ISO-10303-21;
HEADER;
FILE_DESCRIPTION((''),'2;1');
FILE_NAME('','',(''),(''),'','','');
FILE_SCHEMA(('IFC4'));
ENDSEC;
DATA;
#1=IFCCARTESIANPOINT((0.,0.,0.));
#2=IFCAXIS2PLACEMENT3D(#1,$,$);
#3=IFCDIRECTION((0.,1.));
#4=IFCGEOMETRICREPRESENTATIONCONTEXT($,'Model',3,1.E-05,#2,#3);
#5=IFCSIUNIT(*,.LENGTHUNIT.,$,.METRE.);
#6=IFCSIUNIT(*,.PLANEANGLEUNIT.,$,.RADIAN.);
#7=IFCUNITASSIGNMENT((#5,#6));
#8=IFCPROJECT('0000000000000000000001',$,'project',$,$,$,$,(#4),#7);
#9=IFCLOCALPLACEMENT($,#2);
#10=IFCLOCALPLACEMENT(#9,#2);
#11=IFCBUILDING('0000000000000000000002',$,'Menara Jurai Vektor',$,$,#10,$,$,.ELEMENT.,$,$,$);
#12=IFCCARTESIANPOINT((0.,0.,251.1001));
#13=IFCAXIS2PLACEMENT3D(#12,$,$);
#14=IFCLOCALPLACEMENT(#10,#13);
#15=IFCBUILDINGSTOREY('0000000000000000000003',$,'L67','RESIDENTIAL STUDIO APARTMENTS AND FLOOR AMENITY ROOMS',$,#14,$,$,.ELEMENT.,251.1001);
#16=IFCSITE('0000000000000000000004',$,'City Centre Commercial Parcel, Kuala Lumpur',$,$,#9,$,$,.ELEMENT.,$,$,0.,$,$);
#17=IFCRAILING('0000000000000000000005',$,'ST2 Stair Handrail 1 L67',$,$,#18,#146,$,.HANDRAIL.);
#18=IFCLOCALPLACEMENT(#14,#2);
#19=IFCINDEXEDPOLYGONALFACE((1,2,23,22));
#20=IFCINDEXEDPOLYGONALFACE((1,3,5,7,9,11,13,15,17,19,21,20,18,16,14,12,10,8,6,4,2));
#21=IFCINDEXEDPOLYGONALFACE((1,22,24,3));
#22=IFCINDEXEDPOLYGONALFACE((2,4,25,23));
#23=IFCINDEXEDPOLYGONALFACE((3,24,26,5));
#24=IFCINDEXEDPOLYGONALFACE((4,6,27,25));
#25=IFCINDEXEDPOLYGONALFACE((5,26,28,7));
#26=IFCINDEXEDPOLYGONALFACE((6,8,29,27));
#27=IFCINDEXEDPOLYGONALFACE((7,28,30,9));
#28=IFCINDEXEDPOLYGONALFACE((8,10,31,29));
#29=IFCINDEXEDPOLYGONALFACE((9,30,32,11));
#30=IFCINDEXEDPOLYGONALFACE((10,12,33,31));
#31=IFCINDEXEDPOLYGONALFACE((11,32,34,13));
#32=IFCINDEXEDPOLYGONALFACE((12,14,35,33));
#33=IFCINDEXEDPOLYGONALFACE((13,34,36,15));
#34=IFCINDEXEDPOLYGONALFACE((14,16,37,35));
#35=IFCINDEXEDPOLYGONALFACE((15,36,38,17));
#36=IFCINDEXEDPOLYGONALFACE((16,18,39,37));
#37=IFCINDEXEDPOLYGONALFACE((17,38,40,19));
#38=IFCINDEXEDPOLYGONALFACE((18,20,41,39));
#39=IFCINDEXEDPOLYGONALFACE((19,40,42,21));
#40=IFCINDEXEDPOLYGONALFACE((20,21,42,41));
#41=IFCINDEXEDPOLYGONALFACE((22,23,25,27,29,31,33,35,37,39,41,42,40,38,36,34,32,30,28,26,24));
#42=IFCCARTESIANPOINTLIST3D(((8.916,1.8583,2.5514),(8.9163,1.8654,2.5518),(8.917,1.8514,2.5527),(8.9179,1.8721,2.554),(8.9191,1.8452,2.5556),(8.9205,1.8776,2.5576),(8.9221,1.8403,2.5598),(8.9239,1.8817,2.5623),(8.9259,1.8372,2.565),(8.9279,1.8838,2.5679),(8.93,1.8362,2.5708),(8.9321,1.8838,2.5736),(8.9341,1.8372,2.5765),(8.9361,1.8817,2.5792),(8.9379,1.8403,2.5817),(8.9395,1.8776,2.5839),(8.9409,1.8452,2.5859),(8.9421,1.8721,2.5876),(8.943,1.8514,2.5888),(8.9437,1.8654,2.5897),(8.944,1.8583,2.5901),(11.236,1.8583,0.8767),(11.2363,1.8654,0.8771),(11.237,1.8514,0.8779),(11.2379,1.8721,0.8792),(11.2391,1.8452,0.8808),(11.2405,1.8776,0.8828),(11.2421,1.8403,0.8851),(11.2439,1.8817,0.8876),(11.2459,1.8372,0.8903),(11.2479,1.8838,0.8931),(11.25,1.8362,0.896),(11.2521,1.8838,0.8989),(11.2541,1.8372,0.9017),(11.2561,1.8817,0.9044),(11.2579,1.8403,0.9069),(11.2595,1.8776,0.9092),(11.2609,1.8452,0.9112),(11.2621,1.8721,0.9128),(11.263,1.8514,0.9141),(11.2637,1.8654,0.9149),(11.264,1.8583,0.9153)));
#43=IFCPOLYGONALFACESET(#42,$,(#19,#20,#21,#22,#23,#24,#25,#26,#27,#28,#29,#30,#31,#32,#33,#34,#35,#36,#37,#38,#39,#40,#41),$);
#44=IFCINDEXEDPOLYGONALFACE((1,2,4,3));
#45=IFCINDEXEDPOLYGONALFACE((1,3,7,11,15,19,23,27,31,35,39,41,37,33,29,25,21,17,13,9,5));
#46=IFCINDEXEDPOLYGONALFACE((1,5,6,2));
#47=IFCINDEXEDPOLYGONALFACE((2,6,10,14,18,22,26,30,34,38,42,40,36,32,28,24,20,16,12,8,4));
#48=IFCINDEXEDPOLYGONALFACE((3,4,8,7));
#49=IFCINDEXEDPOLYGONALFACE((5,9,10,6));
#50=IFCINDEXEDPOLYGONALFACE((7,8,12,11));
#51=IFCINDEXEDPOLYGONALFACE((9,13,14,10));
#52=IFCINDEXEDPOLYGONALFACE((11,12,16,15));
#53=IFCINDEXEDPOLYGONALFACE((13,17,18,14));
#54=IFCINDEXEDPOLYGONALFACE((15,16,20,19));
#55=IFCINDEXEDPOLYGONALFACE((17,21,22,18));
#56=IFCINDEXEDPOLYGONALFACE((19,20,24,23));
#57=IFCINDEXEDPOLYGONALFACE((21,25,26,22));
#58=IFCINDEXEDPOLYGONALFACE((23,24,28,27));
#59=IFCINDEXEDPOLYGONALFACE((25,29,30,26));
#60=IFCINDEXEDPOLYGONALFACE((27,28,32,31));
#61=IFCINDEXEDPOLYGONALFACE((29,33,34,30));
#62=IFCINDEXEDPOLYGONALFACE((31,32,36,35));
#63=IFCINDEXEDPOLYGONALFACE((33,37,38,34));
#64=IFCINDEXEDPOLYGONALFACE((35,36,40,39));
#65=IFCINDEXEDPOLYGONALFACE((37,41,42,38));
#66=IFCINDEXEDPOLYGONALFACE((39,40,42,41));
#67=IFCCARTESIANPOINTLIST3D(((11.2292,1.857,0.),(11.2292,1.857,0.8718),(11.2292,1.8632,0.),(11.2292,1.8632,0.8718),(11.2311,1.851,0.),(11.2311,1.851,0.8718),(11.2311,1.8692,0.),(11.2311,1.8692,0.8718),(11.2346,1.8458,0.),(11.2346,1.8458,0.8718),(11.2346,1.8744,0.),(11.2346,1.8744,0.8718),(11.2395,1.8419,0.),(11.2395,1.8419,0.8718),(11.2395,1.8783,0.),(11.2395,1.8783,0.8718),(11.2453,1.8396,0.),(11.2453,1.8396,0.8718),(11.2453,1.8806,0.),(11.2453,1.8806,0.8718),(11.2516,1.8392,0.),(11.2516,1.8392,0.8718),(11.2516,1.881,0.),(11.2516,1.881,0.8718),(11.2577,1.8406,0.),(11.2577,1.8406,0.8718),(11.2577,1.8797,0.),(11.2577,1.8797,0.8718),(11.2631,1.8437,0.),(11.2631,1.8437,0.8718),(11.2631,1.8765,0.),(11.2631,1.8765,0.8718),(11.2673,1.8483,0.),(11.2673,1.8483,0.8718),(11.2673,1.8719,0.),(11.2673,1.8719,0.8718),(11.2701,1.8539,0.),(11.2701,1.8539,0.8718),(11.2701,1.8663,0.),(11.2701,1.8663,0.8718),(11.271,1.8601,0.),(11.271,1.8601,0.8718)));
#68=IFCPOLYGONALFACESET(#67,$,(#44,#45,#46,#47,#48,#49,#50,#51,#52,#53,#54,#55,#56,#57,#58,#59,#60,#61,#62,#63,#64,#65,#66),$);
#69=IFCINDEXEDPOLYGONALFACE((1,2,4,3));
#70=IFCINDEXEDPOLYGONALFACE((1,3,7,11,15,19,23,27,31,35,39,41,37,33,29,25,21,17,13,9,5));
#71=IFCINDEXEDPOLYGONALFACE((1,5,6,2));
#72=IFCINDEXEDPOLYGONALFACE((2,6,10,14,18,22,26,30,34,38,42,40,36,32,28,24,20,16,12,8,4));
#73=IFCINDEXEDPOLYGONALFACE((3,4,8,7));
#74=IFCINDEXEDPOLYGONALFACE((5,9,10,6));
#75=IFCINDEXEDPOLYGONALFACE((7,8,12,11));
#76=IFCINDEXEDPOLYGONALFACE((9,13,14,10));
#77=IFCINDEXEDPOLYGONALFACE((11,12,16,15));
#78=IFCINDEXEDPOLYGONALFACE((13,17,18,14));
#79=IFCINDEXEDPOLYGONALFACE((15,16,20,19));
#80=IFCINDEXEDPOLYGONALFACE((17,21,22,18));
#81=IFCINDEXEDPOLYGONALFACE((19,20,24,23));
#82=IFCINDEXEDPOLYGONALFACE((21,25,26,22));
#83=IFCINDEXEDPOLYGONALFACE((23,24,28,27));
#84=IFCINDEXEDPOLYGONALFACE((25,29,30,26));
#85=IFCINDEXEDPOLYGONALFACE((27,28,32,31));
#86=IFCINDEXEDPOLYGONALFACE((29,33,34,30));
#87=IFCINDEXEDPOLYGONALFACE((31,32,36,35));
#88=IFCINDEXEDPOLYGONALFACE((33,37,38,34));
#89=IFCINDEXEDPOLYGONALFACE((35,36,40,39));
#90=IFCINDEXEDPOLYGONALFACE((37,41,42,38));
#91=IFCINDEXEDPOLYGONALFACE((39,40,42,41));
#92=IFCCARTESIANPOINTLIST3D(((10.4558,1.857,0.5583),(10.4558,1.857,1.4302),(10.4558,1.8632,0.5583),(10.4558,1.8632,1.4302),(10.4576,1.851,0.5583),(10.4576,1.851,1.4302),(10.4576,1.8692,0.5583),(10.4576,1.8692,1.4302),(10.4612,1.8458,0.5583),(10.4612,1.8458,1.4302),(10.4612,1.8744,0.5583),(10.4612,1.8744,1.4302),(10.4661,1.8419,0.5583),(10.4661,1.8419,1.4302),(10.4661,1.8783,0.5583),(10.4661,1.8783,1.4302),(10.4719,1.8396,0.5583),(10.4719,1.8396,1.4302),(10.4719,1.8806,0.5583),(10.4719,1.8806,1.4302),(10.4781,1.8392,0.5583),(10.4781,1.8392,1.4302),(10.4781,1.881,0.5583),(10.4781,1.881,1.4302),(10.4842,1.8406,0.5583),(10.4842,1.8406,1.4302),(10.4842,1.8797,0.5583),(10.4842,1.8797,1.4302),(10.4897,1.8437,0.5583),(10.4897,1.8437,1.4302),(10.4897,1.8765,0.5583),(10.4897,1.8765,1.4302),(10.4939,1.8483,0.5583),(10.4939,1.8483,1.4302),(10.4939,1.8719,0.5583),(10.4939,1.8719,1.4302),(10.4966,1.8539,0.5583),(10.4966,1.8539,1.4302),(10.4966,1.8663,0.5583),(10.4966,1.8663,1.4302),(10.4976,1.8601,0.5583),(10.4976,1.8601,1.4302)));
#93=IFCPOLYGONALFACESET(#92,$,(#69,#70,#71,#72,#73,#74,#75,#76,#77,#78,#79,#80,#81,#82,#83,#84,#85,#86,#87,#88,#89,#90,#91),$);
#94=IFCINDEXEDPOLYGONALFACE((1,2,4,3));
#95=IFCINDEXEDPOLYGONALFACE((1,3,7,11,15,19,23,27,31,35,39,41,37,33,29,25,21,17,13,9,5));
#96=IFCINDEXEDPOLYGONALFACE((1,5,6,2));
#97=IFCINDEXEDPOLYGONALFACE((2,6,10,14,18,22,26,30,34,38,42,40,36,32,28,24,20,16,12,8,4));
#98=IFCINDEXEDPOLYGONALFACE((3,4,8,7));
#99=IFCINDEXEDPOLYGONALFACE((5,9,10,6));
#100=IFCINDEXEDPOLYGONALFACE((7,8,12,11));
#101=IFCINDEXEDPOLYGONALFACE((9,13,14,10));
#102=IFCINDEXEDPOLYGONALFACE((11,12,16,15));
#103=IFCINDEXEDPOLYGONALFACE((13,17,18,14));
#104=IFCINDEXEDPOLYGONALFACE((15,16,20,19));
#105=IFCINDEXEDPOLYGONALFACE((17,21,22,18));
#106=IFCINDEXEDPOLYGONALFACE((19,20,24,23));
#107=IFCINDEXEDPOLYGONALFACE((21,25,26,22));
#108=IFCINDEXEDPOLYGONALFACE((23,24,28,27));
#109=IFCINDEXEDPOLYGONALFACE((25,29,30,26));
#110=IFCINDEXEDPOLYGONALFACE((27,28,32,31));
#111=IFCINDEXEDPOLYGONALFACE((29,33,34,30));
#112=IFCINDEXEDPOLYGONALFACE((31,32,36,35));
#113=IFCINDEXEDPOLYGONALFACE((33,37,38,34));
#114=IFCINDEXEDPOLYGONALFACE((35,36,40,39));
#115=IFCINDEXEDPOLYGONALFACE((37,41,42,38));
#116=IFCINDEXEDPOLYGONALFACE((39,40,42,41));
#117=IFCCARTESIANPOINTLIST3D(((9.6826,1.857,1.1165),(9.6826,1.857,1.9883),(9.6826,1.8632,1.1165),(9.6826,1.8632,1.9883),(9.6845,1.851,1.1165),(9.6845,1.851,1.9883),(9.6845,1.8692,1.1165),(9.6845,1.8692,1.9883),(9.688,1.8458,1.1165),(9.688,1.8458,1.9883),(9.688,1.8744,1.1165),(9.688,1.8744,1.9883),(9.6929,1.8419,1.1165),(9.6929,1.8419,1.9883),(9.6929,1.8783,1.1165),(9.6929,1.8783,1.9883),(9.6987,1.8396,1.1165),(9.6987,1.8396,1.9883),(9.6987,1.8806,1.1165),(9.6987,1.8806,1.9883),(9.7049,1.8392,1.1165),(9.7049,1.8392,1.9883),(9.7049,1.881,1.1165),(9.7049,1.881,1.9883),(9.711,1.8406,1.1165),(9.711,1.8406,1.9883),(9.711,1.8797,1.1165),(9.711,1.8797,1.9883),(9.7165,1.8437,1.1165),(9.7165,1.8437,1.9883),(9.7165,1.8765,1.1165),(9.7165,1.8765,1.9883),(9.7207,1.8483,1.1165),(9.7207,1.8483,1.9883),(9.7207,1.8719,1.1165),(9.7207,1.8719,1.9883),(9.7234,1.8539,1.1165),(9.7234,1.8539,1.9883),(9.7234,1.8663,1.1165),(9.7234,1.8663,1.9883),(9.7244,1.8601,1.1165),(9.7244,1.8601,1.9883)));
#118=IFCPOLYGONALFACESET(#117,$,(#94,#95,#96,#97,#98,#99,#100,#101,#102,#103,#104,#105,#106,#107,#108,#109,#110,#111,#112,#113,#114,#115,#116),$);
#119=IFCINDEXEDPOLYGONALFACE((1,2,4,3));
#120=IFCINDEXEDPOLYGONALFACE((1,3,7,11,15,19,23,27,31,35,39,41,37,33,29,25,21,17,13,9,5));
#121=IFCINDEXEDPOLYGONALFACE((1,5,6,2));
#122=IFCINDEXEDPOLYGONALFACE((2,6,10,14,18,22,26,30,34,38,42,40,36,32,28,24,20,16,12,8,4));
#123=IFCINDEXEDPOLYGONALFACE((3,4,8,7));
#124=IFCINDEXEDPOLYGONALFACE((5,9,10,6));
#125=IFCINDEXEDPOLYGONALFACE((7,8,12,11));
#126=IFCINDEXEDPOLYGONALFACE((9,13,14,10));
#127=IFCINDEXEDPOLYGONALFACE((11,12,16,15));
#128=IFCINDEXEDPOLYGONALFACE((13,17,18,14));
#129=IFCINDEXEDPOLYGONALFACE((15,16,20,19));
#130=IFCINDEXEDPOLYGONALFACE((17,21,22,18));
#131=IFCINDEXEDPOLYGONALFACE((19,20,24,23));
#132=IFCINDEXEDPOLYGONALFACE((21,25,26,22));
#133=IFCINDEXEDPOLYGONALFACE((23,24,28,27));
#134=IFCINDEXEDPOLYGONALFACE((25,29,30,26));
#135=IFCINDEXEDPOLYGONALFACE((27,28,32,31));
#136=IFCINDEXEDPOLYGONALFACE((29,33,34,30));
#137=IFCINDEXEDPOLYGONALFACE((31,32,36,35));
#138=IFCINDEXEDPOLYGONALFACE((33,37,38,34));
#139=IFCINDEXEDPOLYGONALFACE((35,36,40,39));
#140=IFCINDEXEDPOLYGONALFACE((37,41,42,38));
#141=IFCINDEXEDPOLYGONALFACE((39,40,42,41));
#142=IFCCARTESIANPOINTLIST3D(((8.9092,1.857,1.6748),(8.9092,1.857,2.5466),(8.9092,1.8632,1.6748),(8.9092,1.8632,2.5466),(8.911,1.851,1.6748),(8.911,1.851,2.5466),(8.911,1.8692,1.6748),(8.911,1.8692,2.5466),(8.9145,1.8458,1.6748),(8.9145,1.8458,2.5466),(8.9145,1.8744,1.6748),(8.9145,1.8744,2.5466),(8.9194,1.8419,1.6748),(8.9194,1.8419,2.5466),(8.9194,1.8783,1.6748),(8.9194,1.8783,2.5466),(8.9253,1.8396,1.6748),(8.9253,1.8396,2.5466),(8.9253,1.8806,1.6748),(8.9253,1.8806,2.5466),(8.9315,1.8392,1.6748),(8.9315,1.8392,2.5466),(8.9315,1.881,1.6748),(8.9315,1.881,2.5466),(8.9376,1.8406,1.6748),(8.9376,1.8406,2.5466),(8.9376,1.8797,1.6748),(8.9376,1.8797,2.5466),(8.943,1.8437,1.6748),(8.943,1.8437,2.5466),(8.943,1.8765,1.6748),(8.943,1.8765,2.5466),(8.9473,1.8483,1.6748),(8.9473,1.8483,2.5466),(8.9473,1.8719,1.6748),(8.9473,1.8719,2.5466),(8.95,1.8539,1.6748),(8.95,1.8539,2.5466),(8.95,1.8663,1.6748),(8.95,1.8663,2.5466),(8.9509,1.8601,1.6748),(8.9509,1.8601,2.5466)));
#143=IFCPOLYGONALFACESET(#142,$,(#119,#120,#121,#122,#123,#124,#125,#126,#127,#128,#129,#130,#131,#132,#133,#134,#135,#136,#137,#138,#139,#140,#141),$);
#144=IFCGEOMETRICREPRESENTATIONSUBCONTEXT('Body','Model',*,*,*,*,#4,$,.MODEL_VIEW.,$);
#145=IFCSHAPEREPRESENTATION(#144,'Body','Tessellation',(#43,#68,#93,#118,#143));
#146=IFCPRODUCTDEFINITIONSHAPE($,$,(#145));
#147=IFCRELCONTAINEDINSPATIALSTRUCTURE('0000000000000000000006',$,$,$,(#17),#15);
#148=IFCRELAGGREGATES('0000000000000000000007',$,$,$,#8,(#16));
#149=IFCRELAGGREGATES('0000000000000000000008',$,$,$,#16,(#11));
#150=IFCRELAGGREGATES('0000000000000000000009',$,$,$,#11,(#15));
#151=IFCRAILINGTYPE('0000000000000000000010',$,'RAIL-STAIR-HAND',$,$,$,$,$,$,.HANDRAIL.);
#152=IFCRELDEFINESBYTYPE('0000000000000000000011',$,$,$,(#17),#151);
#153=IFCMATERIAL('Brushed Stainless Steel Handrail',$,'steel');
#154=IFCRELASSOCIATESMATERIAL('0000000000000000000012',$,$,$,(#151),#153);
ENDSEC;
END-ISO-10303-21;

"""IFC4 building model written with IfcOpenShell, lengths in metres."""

from ifc_helpers import new_model, si_unit, direction, frame, origin, origin_2d, place, context, subcontext, project, spatial, circle, extrude, material, type_object, element, save


model = new_model("IFC4")

# Units and contexts
model_context = context("Model", 3, precision=1e-05, world=origin(), true_north=direction((0.0, 1.0)))
body_context = subcontext(model_context, "Body", "Model", "MODEL_VIEW")
ifc_project = project(units=[si_unit("LENGTHUNIT", "METRE"), si_unit("PLANEANGLEUNIT", "RADIAN")], contexts=[model_context])

# Site, building, storey
site_placement = place(None, origin())
site = spatial("IfcSite", under=ifc_project, at=site_placement, Name="City Centre Commercial Parcel, Kuala Lumpur", CompositionType="ELEMENT", RefElevation=0.0)
building_placement = place(site_placement, origin())
building = spatial("IfcBuilding", under=site, at=building_placement, Name="Menara Jurai Vektor", CompositionType="ELEMENT")
storey_placement = place(building_placement, frame((0.0, 0.0, 251.1001)))
storey = spatial("IfcBuildingStorey", under=building, at=storey_placement, Name="L67", Description="RESIDENTIAL STUDIO APARTMENTS AND FLOOR AMENITY ROOMS", CompositionType="ELEMENT", Elevation=251.1001)

# Railing
ifc_material_1 = material(Name="Brushed Stainless Steel Handrail", Category="steel")
railing_type_1 = type_object("IfcRailingType", Name="RAIL-STAIR-HAND", PredefinedType="HANDRAIL", material=ifc_material_1)
railing_1_placement = place(storey_placement, frame((11.25, 1.8601, 0.0)))
element("IfcRailing", 1, at=railing_1_placement, inside=storey, type_object=railing_type_1, Name="ST2 Stair Handrail 1 L67", PredefinedType="HANDRAIL", context=body_context, shape_type="SweptSolid", body=[
    extrude(circle(Radius=0.0239, at=origin_2d()), frame((0.0, 0.0, 0.896), z_axis=(-0.810812, 0.0, 0.585307), x_axis=(0.0, -1.0, 0.0)), (0.0, 0.0, 1.0), 2.8613),
    extrude(circle(Radius=0.021, at=origin_2d()), origin(), (0.0, 0.0, 1.0), 0.8718),
    extrude(circle(Radius=0.021, at=origin_2d()), frame((-0.7734, 0.0, 0.5583)), (0.0, 0.0, 1.0), 0.8718),
    extrude(circle(Radius=0.021, at=origin_2d()), frame((-1.5466, 0.0, 1.1165)), (0.0, 0.0, 1.0), 0.8718),
    extrude(circle(Radius=0.021, at=origin_2d()), frame((-2.3201, 0.0, 1.6748)), (0.0, 0.0, 1.0), 0.8718),
])

save(model, "model.ifc")
